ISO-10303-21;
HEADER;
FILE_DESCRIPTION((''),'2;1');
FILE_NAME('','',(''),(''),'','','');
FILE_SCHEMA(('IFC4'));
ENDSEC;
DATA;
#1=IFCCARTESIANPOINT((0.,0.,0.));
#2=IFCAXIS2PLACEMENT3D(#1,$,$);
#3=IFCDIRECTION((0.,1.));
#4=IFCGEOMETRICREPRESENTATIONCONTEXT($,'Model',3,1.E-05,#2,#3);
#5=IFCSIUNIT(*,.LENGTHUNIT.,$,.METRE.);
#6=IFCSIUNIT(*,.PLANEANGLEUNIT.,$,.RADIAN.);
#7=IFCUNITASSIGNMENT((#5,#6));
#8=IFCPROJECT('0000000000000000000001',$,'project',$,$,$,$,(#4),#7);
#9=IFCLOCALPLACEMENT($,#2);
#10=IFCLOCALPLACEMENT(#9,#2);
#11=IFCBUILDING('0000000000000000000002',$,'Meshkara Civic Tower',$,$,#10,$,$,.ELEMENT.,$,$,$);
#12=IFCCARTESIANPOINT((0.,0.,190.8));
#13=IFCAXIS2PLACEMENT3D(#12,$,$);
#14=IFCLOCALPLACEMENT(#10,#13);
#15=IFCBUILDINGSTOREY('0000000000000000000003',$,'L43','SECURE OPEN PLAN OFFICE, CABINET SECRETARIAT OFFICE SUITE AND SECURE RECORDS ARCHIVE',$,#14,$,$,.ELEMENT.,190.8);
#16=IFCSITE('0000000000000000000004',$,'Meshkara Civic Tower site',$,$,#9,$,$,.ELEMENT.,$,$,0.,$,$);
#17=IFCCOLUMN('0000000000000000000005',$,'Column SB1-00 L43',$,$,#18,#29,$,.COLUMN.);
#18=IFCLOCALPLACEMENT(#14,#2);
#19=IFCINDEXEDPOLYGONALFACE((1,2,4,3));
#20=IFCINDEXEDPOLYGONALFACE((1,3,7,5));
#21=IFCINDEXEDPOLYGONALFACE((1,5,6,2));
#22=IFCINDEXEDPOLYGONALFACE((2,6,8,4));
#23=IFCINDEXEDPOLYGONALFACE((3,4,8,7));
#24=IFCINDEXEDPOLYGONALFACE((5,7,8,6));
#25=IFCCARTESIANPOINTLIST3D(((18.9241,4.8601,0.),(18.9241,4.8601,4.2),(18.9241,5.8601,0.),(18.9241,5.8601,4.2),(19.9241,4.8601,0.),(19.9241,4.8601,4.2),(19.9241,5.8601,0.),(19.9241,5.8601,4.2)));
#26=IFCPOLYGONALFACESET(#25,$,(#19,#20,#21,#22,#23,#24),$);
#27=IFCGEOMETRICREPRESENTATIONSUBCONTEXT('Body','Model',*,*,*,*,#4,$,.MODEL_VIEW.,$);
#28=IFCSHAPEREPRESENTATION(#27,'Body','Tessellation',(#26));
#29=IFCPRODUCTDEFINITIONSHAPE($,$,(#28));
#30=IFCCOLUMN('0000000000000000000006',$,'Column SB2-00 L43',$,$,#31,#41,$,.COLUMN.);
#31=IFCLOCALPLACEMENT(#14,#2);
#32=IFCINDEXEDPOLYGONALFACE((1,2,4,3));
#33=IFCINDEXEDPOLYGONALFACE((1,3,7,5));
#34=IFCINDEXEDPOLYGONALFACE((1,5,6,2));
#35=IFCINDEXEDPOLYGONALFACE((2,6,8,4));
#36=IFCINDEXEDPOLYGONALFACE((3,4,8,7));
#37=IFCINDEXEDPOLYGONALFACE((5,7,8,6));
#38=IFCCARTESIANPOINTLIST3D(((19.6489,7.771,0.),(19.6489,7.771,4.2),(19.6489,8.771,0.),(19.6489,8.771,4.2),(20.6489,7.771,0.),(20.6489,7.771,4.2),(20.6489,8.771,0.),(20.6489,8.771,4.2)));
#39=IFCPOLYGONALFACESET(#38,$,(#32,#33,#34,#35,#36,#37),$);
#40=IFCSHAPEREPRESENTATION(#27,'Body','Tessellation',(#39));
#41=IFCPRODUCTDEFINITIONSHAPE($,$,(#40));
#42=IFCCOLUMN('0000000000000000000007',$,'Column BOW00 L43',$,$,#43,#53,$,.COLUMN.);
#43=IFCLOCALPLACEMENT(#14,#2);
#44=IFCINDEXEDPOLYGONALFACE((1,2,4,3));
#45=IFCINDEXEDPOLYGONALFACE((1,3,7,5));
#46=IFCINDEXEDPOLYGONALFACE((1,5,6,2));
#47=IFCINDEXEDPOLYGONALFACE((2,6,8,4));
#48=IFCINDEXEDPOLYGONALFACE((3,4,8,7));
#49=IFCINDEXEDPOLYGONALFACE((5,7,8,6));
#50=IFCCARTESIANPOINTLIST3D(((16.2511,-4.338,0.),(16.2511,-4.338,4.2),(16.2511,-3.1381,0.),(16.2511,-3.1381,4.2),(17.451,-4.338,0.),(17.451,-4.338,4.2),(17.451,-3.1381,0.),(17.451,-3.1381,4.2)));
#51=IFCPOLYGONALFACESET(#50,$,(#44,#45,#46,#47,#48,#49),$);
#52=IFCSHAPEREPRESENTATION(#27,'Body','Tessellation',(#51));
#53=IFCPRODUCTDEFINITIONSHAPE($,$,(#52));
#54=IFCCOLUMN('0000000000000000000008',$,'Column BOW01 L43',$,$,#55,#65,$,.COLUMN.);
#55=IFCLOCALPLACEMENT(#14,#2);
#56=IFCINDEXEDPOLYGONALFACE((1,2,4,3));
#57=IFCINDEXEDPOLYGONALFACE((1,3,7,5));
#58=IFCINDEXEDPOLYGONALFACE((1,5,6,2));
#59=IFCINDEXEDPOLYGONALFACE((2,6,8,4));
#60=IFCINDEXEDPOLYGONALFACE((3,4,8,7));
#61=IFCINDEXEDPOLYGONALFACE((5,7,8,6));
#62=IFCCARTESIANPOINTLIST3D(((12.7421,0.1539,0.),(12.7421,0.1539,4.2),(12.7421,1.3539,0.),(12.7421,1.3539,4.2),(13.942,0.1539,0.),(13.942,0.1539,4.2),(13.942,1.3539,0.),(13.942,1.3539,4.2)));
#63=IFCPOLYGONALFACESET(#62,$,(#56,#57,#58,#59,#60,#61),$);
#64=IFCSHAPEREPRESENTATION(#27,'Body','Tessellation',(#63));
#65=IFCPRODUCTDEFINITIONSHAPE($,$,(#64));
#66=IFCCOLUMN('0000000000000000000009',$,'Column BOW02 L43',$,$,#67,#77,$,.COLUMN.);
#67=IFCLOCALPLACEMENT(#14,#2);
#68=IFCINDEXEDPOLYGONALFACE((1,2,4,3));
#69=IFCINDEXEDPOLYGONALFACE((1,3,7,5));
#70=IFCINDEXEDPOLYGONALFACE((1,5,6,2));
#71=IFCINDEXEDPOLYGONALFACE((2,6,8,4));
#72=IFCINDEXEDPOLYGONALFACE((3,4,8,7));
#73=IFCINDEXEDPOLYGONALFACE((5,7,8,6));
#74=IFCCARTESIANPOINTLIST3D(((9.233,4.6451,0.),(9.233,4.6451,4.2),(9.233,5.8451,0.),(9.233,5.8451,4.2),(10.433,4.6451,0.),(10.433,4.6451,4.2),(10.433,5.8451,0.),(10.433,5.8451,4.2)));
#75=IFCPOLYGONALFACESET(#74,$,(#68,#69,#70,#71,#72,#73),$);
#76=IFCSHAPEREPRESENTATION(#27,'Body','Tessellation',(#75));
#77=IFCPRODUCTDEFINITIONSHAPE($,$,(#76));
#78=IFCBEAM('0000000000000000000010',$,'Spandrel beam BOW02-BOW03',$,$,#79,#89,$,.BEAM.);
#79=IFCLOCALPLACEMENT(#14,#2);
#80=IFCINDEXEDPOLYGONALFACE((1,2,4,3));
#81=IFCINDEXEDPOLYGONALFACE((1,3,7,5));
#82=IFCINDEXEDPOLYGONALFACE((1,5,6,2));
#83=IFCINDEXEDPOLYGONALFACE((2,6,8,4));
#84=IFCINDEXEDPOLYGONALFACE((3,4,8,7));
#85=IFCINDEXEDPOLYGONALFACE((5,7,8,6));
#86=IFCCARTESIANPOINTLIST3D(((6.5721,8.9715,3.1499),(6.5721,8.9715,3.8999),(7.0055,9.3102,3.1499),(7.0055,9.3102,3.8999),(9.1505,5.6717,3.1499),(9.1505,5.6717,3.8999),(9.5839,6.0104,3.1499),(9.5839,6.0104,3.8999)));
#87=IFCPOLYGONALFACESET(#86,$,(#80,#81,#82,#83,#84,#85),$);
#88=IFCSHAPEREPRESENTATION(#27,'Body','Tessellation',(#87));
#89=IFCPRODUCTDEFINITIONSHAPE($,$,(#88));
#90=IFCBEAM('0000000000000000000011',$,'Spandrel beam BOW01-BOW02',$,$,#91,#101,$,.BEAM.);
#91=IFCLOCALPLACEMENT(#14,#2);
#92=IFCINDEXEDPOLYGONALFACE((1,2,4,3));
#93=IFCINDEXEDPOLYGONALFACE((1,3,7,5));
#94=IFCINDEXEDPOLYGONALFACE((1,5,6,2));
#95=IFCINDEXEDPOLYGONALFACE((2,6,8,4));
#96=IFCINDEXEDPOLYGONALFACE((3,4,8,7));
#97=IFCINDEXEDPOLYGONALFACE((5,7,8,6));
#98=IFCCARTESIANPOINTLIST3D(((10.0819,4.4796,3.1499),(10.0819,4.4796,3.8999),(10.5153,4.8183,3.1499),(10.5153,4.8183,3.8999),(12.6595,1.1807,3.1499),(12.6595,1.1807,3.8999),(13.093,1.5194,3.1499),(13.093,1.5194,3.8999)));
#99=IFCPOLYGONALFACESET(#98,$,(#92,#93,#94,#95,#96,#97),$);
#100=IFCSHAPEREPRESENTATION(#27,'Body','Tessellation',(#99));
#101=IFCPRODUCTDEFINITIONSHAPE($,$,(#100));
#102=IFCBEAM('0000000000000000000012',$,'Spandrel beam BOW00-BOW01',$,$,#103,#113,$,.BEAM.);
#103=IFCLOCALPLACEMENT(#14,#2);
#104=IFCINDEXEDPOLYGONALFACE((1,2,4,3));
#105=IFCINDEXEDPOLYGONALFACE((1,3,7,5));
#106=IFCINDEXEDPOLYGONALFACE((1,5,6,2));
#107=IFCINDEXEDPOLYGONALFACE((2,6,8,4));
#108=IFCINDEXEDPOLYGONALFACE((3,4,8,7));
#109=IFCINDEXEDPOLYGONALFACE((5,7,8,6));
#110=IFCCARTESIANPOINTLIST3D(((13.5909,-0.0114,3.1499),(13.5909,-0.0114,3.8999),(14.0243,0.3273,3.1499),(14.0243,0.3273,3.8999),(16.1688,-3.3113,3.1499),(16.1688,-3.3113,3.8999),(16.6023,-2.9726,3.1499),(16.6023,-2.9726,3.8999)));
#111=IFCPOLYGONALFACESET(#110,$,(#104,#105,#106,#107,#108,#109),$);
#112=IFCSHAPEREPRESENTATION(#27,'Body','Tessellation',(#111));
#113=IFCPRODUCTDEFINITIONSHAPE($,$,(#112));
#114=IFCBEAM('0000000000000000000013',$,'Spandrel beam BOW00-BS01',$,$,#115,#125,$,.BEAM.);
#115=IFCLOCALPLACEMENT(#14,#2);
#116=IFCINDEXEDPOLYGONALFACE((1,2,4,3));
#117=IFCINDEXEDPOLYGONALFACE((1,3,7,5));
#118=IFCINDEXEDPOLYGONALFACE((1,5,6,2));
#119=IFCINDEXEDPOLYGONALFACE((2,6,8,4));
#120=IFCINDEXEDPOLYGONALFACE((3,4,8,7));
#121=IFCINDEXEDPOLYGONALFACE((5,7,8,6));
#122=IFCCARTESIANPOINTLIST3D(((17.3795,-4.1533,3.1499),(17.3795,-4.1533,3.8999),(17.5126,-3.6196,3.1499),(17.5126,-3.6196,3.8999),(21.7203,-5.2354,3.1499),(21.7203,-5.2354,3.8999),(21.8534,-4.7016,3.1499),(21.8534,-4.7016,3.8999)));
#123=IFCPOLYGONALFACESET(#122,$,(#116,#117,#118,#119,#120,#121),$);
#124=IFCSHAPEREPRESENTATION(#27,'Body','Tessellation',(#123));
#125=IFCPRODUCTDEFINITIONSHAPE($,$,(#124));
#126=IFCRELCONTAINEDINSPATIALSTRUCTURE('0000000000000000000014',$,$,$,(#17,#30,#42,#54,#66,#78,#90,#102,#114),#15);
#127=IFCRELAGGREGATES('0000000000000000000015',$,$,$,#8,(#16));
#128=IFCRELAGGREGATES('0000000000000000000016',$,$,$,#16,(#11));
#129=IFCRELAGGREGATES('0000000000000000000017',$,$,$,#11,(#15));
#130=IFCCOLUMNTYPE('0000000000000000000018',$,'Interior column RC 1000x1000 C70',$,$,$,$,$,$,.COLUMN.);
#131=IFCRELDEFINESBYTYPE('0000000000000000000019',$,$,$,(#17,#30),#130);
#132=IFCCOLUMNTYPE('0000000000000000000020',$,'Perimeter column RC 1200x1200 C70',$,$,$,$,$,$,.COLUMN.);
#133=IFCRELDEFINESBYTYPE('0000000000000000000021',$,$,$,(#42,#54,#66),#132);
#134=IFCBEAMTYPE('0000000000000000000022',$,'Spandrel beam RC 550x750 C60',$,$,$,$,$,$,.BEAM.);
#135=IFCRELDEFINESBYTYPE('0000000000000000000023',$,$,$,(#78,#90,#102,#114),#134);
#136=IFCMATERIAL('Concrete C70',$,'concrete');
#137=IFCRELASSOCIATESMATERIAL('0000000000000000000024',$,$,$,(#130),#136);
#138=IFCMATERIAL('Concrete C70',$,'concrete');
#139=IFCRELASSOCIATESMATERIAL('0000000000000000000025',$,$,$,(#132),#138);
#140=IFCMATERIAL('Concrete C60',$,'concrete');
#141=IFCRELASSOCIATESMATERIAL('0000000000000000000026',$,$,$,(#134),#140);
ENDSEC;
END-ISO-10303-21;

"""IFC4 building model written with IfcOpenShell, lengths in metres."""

from ifc_helpers import new_model, si_unit, direction, frame, origin, origin_2d, place, context, subcontext, project, spatial, rectangle, extrude, material, material_profile, profile_set, type_object, element, save


model = new_model("IFC4")

# Units and contexts
model_context = context("Model", 3, precision=1e-05, world=origin(), true_north=direction((0.0, 1.0)))
body_context = subcontext(model_context, "Body", "Model", "MODEL_VIEW")
ifc_project = project(units=[si_unit("LENGTHUNIT", "METRE"), si_unit("PLANEANGLEUNIT", "RADIAN")], contexts=[model_context])

# Site, building, storey
site_placement = place(None, origin())
site = spatial("IfcSite", under=ifc_project, at=site_placement, Name="Meshkara Civic Tower site", CompositionType="ELEMENT", RefElevation=0.0)
building_placement = place(site_placement, origin())
building = spatial("IfcBuilding", under=site, at=building_placement, Name="Meshkara Civic Tower", CompositionType="ELEMENT")
storey_placement = place(building_placement, frame((0.0, 0.0, 190.8)))
storey = spatial("IfcBuildingStorey", under=building, at=storey_placement, Name="L43", Description="SECURE OPEN PLAN OFFICE, CABINET SECRETARIAT OFFICE SUITE AND SECURE RECORDS ARCHIVE", CompositionType="ELEMENT", Elevation=190.8)

# Columns
ifc_material_1 = material(Name="Concrete C70", Category="concrete")
ifc_material_profile_1 = material_profile(ifc_material_1, rectangle(XDim=1.0, YDim=1.0, at=origin_2d()))
ifc_profile_set_1 = profile_set([ifc_material_profile_1], Name="Concrete C70")
column_type_1 = type_object("IfcColumnType", Name="Interior column RC 1000x1000 C70", PredefinedType="COLUMN", material=ifc_profile_set_1)
for number, where, z_axis, x_axis, name in (
    (1, (19.4241, 5.3601, 0.0), (0.0, 0.0, 1.0), (1.0, 0.0, 0.0), "Column SB1-00 L43"),
    (2, (20.1489, 8.271, 0.0), (0.0, 0.0, 1.0), (1.0, 0.0, 0.0), "Column SB2-00 L43"),
):
    element("IfcColumn", number, at=place(storey_placement, frame(where, z_axis=z_axis, x_axis=x_axis)), inside=storey, type_object=column_type_1, Name=name, PredefinedType="COLUMN", context=body_context, shape_type="SweptSolid", body=[
        extrude(rectangle(XDim=1.0, YDim=1.0, at=origin_2d()), origin(), (0.0, 0.0, 1.0), 4.2),
    ])
ifc_material_2 = material(Name="Concrete C70", Category="concrete")
ifc_material_profile_2 = material_profile(ifc_material_2, rectangle(XDim=1.2, YDim=1.2, at=origin_2d()))
ifc_profile_set_2 = profile_set([ifc_material_profile_2], Name="Concrete C70")
column_type_2 = type_object("IfcColumnType", Name="Perimeter column RC 1200x1200 C70", PredefinedType="COLUMN", material=ifc_profile_set_2)
for number, where, z_axis, x_axis, name in (
    (3, (16.8511, -3.738, 0.0), (0.0, 0.0, 1.0), (1.0, 0.0, 0.0), "Column BOW00 L43"),
    (4, (13.342, 0.7539, 0.0), (0.0, 0.0, 1.0), (1.0, 0.0, 0.0), "Column BOW01 L43"),
    (5, (9.833, 5.2451, 0.0), (0.0, 0.0, 1.0), (1.0, 0.0, 0.0), "Column BOW02 L43"),
):
    element("IfcColumn", number, at=place(storey_placement, frame(where, z_axis=z_axis, x_axis=x_axis)), inside=storey, type_object=column_type_2, Name=name, PredefinedType="COLUMN", context=body_context, shape_type="SweptSolid", body=[
        extrude(rectangle(XDim=1.2, YDim=1.2, at=origin_2d()), origin(), (0.0, 0.0, 1.0), 4.2),
    ])

# Beams
ifc_material_3 = material(Name="Concrete C60", Category="concrete")
ifc_material_profile_3 = material_profile(ifc_material_3, rectangle(XDim=0.55, YDim=0.75, at=origin_2d()))
ifc_profile_set_3 = profile_set([ifc_material_profile_3], Name="Concrete C60")
beam_type = type_object("IfcBeamType", Name="Spandrel beam RC 550x750 C60", PredefinedType="BEAM", material=ifc_profile_set_3)
beam_1_placement = place(storey_placement, frame((6.7888, 9.1409, 3.5249), z_axis=(0.615703, -0.787978, 0.0), x_axis=(0.787978, 0.615703, 0.0)))
element("IfcBeam", 6, at=beam_1_placement, inside=storey, type_object=beam_type, Name="Spandrel beam BOW02-BOW03", PredefinedType="BEAM", context=body_context, shape_type="SweptSolid", body=[
    extrude(rectangle(XDim=0.55, YDim=0.75, at=origin_2d()), origin(), (0.0, 0.0, 1.0), 4.1877),
])
beam_2_placement = place(storey_placement, frame((10.2986, 4.6489, 3.5249), z_axis=(0.615707, -0.787975, 0.0), x_axis=(0.787975, 0.615707, 0.0)))
element("IfcBeam", 7, at=beam_2_placement, inside=storey, type_object=beam_type, Name="Spandrel beam BOW01-BOW02", PredefinedType="BEAM", context=body_context, shape_type="SweptSolid", body=[
    extrude(rectangle(XDim=0.55, YDim=0.75, at=origin_2d()), origin(), (0.0, 0.0, 1.0), 4.1865),
])
beam_3_placement = place(storey_placement, frame((13.8076, 0.158, 3.5249), z_axis=(0.61563, -0.788035, 0.0), x_axis=(0.788035, 0.61563, 0.0)))
element("IfcBeam", 8, at=beam_3_placement, inside=storey, type_object=beam_type, Name="Spandrel beam BOW00-BOW01", PredefinedType="BEAM", context=body_context, shape_type="SweptSolid", body=[
    extrude(rectangle(XDim=0.55, YDim=0.75, at=origin_2d()), origin(), (0.0, 0.0, 1.0), 4.1875),
])
beam_4_placement = place(storey_placement, frame((17.446, -3.8865, 3.5249), z_axis=(0.970309, -0.241868, 0.0), x_axis=(0.241868, 0.970309, 0.0)))
element("IfcBeam", 9, at=beam_4_placement, inside=storey, type_object=beam_type, Name="Spandrel beam BOW00-BS01", PredefinedType="BEAM", context=body_context, shape_type="SweptSolid", body=[
    extrude(rectangle(XDim=0.55, YDim=0.75, at=origin_2d()), origin(), (0.0, 0.0, 1.0), 4.4736),
])

save(model, "model.ifc")
